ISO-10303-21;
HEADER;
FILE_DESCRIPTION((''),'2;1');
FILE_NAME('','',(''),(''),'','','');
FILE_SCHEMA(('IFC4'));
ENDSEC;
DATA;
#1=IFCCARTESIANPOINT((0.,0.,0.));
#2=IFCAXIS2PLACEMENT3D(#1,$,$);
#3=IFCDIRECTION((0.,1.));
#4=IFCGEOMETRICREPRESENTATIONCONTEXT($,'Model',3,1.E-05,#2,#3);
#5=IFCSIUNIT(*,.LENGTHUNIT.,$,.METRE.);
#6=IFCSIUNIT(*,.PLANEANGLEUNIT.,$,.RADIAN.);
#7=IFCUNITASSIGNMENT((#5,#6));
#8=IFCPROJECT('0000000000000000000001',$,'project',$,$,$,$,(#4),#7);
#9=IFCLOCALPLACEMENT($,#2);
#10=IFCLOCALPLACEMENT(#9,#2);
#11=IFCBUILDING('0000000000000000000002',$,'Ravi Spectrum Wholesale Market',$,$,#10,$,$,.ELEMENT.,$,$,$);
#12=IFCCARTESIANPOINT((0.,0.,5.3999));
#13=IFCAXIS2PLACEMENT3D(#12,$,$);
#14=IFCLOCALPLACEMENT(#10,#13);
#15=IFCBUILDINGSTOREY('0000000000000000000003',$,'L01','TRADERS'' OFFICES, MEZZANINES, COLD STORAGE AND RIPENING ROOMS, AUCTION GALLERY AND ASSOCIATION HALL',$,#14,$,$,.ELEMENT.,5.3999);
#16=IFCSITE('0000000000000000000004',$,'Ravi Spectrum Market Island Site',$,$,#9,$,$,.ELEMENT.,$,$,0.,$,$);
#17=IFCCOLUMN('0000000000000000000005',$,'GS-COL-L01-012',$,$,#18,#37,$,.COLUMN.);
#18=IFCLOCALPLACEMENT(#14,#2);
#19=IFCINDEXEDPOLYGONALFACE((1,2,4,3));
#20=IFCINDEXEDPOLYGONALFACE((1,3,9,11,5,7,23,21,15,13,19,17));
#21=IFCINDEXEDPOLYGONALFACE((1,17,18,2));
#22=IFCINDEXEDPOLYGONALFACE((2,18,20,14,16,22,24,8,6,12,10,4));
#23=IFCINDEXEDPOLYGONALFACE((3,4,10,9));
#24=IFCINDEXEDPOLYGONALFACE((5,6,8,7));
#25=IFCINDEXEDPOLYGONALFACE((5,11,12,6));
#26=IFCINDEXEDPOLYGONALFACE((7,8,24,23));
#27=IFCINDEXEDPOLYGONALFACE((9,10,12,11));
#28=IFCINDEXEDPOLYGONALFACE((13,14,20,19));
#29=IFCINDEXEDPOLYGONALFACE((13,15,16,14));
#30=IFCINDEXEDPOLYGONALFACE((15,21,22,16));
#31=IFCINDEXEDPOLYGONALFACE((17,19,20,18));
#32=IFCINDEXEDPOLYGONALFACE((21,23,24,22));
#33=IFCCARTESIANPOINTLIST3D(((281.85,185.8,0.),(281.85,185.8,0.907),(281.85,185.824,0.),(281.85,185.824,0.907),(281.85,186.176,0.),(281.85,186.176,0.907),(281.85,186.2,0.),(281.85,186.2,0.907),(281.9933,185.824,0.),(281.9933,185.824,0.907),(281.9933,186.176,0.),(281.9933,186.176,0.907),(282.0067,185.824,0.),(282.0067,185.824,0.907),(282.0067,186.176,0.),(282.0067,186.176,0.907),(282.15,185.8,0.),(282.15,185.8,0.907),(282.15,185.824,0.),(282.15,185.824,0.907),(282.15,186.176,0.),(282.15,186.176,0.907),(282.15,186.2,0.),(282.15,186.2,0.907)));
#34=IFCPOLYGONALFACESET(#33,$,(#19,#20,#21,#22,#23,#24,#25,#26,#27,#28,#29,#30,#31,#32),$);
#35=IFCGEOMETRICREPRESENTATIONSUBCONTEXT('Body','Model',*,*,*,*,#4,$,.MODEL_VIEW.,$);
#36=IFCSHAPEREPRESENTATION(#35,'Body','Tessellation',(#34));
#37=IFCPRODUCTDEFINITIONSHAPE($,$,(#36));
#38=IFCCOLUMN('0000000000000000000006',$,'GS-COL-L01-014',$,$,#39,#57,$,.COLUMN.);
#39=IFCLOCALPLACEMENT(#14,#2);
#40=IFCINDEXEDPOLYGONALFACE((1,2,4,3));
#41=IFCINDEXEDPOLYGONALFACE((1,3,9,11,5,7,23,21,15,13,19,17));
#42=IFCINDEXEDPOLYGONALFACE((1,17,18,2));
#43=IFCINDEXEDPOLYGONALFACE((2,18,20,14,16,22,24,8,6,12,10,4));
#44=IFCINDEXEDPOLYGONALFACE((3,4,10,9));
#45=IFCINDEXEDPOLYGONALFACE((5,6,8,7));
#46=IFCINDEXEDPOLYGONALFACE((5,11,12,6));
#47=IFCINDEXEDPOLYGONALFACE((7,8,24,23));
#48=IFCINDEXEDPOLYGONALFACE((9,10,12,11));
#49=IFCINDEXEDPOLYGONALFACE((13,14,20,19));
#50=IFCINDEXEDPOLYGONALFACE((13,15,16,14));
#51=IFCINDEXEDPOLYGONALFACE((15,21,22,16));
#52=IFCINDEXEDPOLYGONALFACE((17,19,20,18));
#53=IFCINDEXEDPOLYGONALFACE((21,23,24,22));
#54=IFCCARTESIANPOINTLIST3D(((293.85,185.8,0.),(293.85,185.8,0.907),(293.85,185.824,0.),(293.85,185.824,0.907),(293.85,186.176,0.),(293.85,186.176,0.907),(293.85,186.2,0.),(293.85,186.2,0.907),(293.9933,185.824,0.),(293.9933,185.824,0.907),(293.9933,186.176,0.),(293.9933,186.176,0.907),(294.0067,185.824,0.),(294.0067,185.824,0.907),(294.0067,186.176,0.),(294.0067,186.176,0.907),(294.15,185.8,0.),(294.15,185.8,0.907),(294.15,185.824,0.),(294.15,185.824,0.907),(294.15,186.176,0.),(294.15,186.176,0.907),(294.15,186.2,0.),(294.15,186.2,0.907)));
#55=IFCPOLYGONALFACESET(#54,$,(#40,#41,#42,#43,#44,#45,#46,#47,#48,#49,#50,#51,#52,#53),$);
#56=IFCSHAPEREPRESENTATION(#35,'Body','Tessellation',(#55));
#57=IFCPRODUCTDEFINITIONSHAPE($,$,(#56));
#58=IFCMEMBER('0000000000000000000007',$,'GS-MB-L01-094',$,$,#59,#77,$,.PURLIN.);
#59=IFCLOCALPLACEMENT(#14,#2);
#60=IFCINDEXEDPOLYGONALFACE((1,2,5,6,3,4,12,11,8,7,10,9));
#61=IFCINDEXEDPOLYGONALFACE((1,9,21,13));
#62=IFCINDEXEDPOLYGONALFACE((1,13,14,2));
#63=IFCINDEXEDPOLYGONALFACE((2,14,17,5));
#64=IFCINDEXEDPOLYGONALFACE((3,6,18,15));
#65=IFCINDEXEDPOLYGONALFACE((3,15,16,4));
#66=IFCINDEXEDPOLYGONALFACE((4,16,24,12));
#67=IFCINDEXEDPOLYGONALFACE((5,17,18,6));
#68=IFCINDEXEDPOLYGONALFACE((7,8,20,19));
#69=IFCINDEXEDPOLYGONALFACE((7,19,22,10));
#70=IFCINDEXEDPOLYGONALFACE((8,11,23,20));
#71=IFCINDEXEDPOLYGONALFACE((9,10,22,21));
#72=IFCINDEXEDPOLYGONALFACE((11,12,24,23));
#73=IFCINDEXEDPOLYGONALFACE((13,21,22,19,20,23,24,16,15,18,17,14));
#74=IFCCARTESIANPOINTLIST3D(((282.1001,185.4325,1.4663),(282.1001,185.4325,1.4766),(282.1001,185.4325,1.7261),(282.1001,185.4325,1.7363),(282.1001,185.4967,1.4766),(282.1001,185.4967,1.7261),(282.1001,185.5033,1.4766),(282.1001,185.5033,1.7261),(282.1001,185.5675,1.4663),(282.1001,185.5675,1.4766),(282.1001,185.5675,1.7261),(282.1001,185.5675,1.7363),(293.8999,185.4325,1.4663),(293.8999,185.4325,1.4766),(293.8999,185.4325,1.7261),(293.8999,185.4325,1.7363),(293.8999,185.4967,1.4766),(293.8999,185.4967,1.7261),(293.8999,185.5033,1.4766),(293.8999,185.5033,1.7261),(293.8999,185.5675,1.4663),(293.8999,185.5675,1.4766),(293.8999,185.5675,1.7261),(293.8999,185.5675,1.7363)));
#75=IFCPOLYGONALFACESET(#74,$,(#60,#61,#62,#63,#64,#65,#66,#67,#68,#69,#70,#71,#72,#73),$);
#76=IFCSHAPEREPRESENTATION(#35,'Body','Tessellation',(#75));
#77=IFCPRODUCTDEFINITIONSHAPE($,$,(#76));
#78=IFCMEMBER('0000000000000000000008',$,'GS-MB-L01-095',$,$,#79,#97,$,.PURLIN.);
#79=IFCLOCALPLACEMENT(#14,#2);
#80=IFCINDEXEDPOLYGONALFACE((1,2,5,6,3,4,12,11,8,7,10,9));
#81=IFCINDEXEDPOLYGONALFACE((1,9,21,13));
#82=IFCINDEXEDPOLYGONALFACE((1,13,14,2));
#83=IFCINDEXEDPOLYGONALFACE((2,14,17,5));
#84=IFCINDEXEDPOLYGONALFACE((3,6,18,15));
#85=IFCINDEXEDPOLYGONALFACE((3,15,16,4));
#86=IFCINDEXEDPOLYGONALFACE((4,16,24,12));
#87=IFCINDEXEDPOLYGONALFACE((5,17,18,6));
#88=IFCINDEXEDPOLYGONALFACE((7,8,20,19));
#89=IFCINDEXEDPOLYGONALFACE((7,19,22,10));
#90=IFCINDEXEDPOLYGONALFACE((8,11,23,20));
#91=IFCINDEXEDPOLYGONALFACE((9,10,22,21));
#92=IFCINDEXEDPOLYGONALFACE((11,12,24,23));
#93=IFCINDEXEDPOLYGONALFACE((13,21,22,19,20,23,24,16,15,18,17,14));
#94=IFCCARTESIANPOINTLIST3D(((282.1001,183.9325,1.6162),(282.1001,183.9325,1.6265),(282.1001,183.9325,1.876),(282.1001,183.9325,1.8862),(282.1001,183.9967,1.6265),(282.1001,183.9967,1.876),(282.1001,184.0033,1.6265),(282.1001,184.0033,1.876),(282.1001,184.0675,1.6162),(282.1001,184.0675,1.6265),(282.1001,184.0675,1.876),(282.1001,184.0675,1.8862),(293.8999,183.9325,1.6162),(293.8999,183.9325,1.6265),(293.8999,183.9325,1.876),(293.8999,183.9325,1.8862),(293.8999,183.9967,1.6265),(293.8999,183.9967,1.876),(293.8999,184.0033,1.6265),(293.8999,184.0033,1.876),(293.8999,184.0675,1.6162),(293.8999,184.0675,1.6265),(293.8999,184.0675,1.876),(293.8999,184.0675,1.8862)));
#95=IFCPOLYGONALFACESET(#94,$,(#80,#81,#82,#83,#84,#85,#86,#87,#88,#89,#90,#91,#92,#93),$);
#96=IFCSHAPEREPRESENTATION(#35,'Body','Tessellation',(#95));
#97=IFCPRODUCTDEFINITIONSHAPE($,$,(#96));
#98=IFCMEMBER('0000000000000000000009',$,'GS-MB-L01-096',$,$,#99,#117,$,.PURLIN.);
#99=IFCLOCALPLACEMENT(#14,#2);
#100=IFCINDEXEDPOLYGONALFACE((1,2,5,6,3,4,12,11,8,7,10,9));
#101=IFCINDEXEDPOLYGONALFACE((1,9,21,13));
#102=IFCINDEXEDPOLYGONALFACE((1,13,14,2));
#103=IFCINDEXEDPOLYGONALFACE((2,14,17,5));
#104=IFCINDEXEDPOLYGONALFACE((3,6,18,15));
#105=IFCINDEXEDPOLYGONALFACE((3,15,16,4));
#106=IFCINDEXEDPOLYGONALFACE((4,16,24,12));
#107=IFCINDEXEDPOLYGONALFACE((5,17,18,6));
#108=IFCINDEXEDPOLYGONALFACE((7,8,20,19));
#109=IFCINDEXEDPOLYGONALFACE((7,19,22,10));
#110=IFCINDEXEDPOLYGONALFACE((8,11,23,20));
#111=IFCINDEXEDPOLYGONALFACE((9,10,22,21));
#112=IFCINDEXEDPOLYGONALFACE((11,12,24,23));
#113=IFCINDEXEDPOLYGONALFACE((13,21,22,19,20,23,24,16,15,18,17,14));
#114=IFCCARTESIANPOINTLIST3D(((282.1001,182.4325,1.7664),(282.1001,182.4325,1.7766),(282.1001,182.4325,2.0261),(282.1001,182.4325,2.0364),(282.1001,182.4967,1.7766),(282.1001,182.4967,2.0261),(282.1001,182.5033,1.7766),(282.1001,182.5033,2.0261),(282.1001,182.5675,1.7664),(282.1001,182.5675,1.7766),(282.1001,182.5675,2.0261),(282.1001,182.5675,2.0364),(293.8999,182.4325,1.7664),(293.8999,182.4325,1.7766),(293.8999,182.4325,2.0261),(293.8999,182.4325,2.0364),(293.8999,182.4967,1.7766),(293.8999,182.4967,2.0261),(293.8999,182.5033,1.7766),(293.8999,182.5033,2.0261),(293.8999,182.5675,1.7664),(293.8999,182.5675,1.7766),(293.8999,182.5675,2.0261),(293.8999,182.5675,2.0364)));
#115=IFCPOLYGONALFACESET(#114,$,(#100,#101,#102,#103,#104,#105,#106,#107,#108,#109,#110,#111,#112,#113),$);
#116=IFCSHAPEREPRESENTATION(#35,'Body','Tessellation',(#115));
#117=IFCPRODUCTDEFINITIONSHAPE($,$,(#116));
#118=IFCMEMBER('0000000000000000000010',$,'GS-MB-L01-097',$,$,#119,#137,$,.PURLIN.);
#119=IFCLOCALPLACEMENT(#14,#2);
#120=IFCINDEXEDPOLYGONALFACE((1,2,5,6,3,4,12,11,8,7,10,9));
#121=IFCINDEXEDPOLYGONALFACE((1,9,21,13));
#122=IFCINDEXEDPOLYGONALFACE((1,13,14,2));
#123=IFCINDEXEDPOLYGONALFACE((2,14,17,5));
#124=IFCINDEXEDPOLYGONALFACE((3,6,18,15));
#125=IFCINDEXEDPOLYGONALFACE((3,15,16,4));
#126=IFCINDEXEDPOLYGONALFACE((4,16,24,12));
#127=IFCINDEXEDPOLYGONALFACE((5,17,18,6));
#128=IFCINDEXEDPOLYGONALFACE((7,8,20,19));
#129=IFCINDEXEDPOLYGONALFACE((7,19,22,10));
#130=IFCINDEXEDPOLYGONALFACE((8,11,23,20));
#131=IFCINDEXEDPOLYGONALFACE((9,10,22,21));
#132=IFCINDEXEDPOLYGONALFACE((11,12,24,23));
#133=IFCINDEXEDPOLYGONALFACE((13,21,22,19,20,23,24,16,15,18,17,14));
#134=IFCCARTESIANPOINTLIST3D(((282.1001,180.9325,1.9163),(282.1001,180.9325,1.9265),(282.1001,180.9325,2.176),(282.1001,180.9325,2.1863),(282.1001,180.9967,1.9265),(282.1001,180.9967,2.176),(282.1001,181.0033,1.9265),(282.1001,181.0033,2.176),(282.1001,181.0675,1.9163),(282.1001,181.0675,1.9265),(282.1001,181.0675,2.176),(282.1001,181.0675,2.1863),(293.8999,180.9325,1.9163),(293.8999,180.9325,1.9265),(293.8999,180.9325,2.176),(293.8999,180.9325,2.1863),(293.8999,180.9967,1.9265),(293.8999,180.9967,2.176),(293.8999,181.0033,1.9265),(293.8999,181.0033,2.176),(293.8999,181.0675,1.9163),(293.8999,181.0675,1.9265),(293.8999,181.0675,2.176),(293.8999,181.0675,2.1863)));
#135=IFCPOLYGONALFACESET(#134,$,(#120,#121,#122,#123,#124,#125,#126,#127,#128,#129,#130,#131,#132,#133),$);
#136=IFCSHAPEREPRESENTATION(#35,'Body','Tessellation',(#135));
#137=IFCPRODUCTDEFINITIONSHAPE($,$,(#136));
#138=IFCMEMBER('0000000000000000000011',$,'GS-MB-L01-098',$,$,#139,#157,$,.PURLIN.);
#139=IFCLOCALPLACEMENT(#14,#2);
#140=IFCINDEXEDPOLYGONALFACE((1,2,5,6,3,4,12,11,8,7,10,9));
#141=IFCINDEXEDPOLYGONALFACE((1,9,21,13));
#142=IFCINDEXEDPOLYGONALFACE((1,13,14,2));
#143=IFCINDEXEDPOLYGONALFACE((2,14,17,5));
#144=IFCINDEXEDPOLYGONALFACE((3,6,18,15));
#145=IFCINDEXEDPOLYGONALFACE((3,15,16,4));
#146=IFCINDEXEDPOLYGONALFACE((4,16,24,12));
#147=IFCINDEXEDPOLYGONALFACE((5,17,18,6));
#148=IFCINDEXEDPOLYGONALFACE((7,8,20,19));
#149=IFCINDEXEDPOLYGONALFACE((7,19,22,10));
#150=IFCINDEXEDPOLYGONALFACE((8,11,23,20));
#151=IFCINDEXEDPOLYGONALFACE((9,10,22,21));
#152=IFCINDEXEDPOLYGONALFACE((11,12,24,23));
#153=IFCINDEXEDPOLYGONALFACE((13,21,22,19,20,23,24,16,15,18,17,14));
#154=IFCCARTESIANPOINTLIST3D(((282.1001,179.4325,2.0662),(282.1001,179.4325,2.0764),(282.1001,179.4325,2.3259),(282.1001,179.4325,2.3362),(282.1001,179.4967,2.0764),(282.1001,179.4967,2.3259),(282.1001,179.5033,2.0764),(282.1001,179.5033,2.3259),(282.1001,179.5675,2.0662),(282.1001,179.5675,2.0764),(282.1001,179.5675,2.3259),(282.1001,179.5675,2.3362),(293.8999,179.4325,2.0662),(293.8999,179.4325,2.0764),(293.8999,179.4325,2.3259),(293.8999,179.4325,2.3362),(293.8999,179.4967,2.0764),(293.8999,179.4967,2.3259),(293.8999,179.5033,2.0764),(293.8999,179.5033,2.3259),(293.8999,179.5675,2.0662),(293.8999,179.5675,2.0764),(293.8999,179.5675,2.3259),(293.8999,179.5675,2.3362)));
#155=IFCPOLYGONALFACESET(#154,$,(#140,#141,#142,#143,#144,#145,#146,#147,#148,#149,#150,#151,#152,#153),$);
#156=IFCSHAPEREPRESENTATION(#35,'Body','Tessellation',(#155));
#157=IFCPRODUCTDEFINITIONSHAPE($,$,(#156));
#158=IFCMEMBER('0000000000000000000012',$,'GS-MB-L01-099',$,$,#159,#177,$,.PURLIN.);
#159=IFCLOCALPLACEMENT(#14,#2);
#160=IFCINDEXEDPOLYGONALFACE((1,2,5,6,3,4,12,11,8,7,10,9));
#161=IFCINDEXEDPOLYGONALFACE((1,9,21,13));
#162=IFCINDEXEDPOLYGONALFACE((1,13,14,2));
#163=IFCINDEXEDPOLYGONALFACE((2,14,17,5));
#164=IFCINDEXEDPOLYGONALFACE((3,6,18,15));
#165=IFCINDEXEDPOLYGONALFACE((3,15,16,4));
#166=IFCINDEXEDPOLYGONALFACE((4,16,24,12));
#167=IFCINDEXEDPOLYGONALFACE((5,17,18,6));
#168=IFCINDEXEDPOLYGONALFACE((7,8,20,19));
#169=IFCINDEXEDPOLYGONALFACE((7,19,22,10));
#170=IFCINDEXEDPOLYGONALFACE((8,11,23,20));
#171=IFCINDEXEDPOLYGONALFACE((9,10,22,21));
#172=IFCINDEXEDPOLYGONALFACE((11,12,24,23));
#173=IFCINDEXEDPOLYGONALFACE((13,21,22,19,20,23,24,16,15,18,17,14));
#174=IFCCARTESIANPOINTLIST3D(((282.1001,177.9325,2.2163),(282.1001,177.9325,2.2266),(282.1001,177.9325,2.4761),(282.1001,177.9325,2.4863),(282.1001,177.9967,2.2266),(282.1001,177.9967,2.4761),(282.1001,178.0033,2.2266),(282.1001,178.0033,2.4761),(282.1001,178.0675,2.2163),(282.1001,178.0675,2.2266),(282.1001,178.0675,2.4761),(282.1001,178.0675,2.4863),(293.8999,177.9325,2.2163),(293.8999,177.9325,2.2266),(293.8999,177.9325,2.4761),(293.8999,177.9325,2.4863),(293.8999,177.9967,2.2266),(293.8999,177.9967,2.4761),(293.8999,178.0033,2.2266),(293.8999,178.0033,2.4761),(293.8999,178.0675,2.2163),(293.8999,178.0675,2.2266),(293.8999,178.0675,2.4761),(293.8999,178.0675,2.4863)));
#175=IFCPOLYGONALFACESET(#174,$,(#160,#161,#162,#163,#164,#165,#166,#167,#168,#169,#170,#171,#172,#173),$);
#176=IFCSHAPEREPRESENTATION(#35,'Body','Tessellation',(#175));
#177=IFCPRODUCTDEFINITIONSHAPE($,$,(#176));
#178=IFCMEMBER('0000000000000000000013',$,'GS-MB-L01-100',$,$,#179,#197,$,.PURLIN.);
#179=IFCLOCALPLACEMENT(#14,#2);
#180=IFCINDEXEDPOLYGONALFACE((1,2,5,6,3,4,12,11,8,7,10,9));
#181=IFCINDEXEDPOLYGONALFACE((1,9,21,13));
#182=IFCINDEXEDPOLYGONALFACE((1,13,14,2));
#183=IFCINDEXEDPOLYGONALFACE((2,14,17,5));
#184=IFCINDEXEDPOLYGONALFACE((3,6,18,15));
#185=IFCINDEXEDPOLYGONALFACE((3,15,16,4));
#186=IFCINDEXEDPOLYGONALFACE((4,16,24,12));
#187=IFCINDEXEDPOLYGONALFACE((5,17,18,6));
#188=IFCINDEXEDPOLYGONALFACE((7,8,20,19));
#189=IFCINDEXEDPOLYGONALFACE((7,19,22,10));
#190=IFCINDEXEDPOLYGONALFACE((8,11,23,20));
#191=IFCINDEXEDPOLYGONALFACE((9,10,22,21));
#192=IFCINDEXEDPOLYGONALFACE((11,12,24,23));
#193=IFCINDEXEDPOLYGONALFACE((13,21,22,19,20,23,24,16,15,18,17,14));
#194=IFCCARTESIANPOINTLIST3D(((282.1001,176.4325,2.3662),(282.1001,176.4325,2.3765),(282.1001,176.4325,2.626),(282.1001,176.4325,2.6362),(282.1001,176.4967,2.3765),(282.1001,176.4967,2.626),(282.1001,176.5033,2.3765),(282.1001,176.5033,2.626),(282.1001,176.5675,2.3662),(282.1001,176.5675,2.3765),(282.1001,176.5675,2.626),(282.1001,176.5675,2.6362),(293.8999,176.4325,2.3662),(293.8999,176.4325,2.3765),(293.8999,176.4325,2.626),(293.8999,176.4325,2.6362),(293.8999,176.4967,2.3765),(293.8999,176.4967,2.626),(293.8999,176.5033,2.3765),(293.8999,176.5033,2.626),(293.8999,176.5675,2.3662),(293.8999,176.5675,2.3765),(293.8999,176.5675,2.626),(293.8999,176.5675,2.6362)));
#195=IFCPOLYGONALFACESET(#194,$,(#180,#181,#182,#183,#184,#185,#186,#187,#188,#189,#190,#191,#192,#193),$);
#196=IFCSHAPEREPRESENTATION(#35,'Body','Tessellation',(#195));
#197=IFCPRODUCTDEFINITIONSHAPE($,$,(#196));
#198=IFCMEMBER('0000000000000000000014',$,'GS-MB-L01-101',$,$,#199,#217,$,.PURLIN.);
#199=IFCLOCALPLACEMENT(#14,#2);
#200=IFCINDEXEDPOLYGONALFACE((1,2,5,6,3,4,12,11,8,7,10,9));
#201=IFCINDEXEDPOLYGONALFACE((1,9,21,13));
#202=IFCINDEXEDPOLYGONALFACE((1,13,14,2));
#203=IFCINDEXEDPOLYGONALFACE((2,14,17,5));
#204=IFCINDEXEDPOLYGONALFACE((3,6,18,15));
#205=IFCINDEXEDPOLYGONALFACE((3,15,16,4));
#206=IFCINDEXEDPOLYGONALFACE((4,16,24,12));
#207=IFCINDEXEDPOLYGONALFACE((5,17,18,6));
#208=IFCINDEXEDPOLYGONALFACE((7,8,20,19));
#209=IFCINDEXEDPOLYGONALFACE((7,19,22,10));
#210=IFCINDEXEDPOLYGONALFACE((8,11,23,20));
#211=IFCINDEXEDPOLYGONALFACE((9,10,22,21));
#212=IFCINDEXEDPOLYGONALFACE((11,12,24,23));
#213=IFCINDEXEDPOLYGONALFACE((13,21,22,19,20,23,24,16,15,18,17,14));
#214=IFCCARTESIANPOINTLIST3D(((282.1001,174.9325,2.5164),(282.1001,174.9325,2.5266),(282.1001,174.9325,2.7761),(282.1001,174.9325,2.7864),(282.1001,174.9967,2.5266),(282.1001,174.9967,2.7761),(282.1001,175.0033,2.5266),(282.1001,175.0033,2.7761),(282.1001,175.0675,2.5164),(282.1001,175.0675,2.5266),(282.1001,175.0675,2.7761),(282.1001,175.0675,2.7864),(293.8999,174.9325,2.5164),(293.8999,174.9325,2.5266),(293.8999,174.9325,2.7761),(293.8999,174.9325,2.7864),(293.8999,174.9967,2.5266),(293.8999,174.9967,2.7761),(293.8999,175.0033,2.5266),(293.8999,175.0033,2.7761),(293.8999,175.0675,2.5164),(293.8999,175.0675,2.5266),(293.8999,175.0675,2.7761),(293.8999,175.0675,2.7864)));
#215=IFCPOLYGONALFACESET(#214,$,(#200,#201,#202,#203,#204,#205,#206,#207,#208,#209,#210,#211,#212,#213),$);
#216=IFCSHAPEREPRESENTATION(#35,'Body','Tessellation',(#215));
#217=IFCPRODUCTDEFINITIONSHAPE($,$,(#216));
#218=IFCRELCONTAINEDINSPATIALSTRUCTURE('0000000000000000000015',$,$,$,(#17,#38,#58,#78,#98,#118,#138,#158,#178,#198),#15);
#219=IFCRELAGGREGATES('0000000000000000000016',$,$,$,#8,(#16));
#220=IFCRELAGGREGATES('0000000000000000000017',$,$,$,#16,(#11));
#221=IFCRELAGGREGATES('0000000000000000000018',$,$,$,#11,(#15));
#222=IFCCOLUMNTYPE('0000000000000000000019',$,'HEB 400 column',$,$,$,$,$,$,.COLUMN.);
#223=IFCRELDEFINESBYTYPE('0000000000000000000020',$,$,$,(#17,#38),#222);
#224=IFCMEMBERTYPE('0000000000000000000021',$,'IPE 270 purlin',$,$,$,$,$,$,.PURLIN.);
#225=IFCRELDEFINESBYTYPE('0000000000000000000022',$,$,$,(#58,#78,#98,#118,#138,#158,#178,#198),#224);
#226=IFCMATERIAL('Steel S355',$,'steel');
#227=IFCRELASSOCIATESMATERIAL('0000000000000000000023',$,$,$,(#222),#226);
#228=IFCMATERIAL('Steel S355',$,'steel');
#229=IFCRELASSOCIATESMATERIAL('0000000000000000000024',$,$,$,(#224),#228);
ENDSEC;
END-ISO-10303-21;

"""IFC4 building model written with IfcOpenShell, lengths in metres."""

from ifc_helpers import new_model, si_unit, direction, frame, origin, origin_2d, place, context, subcontext, project, spatial, i_section, extrude, material, material_profile, profile_set, type_object, element, save


model = new_model("IFC4")

# Units and contexts
model_context = context("Model", 3, precision=1e-05, world=origin(), true_north=direction((0.0, 1.0)))
body_context = subcontext(model_context, "Body", "Model", "MODEL_VIEW")
ifc_project = project(units=[si_unit("LENGTHUNIT", "METRE"), si_unit("PLANEANGLEUNIT", "RADIAN")], contexts=[model_context])

# Site, building, storey
site_placement = place(None, origin())
site = spatial("IfcSite", under=ifc_project, at=site_placement, Name="Ravi Spectrum Market Island Site", CompositionType="ELEMENT", RefElevation=0.0)
building_placement = place(site_placement, origin())
building = spatial("IfcBuilding", under=site, at=building_placement, Name="Ravi Spectrum Wholesale Market", CompositionType="ELEMENT")
storey_placement = place(building_placement, frame((0.0, 0.0, 5.3999)))
storey = spatial("IfcBuildingStorey", under=building, at=storey_placement, Name="L01", Description="TRADERS' OFFICES, MEZZANINES, COLD STORAGE AND RIPENING ROOMS, AUCTION GALLERY AND ASSOCIATION HALL", CompositionType="ELEMENT", Elevation=5.3999)

# Columns
ifc_material_1 = material(Name="Steel S355", Category="steel")
ifc_material_profile_1 = material_profile(ifc_material_1, i_section(OverallWidth=0.3, OverallDepth=0.3999, WebThickness=0.0134, FlangeThickness=0.0239, at=origin_2d()))
ifc_profile_set_1 = profile_set([ifc_material_profile_1], Name="Steel S355")
column_type = type_object("IfcColumnType", Name="HEB 400 column", PredefinedType="COLUMN", material=ifc_profile_set_1)
for number, where, z_axis, x_axis, name in (
    (1, (282.0, 186.0, 0.0), (0.0, 0.0, 1.0), (1.0, 0.0, 0.0), "GS-COL-L01-012"),
    (2, (294.0, 186.0, 0.0), (0.0, 0.0, 1.0), (1.0, 0.0, 0.0), "GS-COL-L01-014"),
):
    element("IfcColumn", number, at=place(storey_placement, frame(where, z_axis=z_axis, x_axis=x_axis)), inside=storey, type_object=column_type, Name=name, PredefinedType="COLUMN", context=body_context, shape_type="SweptSolid", body=[
        extrude(i_section(OverallWidth=0.3, OverallDepth=0.3999, WebThickness=0.0134, FlangeThickness=0.0239, at=origin_2d()), origin(), (0.0, 0.0, 1.0), 0.907),
    ])

# Members
ifc_material_2 = material(Name="Steel S355", Category="steel")
ifc_material_profile_2 = material_profile(ifc_material_2, i_section(OverallWidth=0.135, OverallDepth=0.27, WebThickness=0.0066, FlangeThickness=0.0103, at=origin_2d()))
ifc_profile_set_2 = profile_set([ifc_material_profile_2], Name="Steel S355")
member_type = type_object("IfcMemberType", Name="IPE 270 purlin", PredefinedType="PURLIN", material=ifc_profile_set_2)
for number, where, z_axis, x_axis, name in (
    (3, (282.1001, 185.5, 1.6013), (1.0, 0.0, 0.0), (0.0, 1.0, 0.0), "GS-MB-L01-094"),
    (4, (282.1001, 184.0, 1.7512), (1.0, 0.0, 0.0), (0.0, 1.0, 0.0), "GS-MB-L01-095"),
    (5, (282.1001, 182.5, 1.9014), (1.0, 0.0, 0.0), (0.0, 1.0, 0.0), "GS-MB-L01-096"),
    (6, (282.1001, 181.0, 2.0513), (1.0, 0.0, 0.0), (0.0, 1.0, 0.0), "GS-MB-L01-097"),
    (7, (282.1001, 179.5, 2.2012), (1.0, 0.0, 0.0), (0.0, 1.0, 0.0), "GS-MB-L01-098"),
    (8, (282.1001, 178.0, 2.3513), (1.0, 0.0, 0.0), (0.0, 1.0, 0.0), "GS-MB-L01-099"),
    (9, (282.1001, 176.5, 2.5012), (1.0, 0.0, 0.0), (0.0, 1.0, 0.0), "GS-MB-L01-100"),
    (10, (282.1001, 175.0, 2.6514), (1.0, 0.0, 0.0), (0.0, 1.0, 0.0), "GS-MB-L01-101"),
):
    element("IfcMember", number, at=place(storey_placement, frame(where, z_axis=z_axis, x_axis=x_axis)), inside=storey, type_object=member_type, Name=name, PredefinedType="PURLIN", context=body_context, shape_type="SweptSolid", body=[
        extrude(i_section(OverallWidth=0.135, OverallDepth=0.27, WebThickness=0.0066, FlangeThickness=0.0103, at=origin_2d()), origin(), (0.0, 0.0, 1.0), 11.7998),
    ])

save(model, "model.ifc")
